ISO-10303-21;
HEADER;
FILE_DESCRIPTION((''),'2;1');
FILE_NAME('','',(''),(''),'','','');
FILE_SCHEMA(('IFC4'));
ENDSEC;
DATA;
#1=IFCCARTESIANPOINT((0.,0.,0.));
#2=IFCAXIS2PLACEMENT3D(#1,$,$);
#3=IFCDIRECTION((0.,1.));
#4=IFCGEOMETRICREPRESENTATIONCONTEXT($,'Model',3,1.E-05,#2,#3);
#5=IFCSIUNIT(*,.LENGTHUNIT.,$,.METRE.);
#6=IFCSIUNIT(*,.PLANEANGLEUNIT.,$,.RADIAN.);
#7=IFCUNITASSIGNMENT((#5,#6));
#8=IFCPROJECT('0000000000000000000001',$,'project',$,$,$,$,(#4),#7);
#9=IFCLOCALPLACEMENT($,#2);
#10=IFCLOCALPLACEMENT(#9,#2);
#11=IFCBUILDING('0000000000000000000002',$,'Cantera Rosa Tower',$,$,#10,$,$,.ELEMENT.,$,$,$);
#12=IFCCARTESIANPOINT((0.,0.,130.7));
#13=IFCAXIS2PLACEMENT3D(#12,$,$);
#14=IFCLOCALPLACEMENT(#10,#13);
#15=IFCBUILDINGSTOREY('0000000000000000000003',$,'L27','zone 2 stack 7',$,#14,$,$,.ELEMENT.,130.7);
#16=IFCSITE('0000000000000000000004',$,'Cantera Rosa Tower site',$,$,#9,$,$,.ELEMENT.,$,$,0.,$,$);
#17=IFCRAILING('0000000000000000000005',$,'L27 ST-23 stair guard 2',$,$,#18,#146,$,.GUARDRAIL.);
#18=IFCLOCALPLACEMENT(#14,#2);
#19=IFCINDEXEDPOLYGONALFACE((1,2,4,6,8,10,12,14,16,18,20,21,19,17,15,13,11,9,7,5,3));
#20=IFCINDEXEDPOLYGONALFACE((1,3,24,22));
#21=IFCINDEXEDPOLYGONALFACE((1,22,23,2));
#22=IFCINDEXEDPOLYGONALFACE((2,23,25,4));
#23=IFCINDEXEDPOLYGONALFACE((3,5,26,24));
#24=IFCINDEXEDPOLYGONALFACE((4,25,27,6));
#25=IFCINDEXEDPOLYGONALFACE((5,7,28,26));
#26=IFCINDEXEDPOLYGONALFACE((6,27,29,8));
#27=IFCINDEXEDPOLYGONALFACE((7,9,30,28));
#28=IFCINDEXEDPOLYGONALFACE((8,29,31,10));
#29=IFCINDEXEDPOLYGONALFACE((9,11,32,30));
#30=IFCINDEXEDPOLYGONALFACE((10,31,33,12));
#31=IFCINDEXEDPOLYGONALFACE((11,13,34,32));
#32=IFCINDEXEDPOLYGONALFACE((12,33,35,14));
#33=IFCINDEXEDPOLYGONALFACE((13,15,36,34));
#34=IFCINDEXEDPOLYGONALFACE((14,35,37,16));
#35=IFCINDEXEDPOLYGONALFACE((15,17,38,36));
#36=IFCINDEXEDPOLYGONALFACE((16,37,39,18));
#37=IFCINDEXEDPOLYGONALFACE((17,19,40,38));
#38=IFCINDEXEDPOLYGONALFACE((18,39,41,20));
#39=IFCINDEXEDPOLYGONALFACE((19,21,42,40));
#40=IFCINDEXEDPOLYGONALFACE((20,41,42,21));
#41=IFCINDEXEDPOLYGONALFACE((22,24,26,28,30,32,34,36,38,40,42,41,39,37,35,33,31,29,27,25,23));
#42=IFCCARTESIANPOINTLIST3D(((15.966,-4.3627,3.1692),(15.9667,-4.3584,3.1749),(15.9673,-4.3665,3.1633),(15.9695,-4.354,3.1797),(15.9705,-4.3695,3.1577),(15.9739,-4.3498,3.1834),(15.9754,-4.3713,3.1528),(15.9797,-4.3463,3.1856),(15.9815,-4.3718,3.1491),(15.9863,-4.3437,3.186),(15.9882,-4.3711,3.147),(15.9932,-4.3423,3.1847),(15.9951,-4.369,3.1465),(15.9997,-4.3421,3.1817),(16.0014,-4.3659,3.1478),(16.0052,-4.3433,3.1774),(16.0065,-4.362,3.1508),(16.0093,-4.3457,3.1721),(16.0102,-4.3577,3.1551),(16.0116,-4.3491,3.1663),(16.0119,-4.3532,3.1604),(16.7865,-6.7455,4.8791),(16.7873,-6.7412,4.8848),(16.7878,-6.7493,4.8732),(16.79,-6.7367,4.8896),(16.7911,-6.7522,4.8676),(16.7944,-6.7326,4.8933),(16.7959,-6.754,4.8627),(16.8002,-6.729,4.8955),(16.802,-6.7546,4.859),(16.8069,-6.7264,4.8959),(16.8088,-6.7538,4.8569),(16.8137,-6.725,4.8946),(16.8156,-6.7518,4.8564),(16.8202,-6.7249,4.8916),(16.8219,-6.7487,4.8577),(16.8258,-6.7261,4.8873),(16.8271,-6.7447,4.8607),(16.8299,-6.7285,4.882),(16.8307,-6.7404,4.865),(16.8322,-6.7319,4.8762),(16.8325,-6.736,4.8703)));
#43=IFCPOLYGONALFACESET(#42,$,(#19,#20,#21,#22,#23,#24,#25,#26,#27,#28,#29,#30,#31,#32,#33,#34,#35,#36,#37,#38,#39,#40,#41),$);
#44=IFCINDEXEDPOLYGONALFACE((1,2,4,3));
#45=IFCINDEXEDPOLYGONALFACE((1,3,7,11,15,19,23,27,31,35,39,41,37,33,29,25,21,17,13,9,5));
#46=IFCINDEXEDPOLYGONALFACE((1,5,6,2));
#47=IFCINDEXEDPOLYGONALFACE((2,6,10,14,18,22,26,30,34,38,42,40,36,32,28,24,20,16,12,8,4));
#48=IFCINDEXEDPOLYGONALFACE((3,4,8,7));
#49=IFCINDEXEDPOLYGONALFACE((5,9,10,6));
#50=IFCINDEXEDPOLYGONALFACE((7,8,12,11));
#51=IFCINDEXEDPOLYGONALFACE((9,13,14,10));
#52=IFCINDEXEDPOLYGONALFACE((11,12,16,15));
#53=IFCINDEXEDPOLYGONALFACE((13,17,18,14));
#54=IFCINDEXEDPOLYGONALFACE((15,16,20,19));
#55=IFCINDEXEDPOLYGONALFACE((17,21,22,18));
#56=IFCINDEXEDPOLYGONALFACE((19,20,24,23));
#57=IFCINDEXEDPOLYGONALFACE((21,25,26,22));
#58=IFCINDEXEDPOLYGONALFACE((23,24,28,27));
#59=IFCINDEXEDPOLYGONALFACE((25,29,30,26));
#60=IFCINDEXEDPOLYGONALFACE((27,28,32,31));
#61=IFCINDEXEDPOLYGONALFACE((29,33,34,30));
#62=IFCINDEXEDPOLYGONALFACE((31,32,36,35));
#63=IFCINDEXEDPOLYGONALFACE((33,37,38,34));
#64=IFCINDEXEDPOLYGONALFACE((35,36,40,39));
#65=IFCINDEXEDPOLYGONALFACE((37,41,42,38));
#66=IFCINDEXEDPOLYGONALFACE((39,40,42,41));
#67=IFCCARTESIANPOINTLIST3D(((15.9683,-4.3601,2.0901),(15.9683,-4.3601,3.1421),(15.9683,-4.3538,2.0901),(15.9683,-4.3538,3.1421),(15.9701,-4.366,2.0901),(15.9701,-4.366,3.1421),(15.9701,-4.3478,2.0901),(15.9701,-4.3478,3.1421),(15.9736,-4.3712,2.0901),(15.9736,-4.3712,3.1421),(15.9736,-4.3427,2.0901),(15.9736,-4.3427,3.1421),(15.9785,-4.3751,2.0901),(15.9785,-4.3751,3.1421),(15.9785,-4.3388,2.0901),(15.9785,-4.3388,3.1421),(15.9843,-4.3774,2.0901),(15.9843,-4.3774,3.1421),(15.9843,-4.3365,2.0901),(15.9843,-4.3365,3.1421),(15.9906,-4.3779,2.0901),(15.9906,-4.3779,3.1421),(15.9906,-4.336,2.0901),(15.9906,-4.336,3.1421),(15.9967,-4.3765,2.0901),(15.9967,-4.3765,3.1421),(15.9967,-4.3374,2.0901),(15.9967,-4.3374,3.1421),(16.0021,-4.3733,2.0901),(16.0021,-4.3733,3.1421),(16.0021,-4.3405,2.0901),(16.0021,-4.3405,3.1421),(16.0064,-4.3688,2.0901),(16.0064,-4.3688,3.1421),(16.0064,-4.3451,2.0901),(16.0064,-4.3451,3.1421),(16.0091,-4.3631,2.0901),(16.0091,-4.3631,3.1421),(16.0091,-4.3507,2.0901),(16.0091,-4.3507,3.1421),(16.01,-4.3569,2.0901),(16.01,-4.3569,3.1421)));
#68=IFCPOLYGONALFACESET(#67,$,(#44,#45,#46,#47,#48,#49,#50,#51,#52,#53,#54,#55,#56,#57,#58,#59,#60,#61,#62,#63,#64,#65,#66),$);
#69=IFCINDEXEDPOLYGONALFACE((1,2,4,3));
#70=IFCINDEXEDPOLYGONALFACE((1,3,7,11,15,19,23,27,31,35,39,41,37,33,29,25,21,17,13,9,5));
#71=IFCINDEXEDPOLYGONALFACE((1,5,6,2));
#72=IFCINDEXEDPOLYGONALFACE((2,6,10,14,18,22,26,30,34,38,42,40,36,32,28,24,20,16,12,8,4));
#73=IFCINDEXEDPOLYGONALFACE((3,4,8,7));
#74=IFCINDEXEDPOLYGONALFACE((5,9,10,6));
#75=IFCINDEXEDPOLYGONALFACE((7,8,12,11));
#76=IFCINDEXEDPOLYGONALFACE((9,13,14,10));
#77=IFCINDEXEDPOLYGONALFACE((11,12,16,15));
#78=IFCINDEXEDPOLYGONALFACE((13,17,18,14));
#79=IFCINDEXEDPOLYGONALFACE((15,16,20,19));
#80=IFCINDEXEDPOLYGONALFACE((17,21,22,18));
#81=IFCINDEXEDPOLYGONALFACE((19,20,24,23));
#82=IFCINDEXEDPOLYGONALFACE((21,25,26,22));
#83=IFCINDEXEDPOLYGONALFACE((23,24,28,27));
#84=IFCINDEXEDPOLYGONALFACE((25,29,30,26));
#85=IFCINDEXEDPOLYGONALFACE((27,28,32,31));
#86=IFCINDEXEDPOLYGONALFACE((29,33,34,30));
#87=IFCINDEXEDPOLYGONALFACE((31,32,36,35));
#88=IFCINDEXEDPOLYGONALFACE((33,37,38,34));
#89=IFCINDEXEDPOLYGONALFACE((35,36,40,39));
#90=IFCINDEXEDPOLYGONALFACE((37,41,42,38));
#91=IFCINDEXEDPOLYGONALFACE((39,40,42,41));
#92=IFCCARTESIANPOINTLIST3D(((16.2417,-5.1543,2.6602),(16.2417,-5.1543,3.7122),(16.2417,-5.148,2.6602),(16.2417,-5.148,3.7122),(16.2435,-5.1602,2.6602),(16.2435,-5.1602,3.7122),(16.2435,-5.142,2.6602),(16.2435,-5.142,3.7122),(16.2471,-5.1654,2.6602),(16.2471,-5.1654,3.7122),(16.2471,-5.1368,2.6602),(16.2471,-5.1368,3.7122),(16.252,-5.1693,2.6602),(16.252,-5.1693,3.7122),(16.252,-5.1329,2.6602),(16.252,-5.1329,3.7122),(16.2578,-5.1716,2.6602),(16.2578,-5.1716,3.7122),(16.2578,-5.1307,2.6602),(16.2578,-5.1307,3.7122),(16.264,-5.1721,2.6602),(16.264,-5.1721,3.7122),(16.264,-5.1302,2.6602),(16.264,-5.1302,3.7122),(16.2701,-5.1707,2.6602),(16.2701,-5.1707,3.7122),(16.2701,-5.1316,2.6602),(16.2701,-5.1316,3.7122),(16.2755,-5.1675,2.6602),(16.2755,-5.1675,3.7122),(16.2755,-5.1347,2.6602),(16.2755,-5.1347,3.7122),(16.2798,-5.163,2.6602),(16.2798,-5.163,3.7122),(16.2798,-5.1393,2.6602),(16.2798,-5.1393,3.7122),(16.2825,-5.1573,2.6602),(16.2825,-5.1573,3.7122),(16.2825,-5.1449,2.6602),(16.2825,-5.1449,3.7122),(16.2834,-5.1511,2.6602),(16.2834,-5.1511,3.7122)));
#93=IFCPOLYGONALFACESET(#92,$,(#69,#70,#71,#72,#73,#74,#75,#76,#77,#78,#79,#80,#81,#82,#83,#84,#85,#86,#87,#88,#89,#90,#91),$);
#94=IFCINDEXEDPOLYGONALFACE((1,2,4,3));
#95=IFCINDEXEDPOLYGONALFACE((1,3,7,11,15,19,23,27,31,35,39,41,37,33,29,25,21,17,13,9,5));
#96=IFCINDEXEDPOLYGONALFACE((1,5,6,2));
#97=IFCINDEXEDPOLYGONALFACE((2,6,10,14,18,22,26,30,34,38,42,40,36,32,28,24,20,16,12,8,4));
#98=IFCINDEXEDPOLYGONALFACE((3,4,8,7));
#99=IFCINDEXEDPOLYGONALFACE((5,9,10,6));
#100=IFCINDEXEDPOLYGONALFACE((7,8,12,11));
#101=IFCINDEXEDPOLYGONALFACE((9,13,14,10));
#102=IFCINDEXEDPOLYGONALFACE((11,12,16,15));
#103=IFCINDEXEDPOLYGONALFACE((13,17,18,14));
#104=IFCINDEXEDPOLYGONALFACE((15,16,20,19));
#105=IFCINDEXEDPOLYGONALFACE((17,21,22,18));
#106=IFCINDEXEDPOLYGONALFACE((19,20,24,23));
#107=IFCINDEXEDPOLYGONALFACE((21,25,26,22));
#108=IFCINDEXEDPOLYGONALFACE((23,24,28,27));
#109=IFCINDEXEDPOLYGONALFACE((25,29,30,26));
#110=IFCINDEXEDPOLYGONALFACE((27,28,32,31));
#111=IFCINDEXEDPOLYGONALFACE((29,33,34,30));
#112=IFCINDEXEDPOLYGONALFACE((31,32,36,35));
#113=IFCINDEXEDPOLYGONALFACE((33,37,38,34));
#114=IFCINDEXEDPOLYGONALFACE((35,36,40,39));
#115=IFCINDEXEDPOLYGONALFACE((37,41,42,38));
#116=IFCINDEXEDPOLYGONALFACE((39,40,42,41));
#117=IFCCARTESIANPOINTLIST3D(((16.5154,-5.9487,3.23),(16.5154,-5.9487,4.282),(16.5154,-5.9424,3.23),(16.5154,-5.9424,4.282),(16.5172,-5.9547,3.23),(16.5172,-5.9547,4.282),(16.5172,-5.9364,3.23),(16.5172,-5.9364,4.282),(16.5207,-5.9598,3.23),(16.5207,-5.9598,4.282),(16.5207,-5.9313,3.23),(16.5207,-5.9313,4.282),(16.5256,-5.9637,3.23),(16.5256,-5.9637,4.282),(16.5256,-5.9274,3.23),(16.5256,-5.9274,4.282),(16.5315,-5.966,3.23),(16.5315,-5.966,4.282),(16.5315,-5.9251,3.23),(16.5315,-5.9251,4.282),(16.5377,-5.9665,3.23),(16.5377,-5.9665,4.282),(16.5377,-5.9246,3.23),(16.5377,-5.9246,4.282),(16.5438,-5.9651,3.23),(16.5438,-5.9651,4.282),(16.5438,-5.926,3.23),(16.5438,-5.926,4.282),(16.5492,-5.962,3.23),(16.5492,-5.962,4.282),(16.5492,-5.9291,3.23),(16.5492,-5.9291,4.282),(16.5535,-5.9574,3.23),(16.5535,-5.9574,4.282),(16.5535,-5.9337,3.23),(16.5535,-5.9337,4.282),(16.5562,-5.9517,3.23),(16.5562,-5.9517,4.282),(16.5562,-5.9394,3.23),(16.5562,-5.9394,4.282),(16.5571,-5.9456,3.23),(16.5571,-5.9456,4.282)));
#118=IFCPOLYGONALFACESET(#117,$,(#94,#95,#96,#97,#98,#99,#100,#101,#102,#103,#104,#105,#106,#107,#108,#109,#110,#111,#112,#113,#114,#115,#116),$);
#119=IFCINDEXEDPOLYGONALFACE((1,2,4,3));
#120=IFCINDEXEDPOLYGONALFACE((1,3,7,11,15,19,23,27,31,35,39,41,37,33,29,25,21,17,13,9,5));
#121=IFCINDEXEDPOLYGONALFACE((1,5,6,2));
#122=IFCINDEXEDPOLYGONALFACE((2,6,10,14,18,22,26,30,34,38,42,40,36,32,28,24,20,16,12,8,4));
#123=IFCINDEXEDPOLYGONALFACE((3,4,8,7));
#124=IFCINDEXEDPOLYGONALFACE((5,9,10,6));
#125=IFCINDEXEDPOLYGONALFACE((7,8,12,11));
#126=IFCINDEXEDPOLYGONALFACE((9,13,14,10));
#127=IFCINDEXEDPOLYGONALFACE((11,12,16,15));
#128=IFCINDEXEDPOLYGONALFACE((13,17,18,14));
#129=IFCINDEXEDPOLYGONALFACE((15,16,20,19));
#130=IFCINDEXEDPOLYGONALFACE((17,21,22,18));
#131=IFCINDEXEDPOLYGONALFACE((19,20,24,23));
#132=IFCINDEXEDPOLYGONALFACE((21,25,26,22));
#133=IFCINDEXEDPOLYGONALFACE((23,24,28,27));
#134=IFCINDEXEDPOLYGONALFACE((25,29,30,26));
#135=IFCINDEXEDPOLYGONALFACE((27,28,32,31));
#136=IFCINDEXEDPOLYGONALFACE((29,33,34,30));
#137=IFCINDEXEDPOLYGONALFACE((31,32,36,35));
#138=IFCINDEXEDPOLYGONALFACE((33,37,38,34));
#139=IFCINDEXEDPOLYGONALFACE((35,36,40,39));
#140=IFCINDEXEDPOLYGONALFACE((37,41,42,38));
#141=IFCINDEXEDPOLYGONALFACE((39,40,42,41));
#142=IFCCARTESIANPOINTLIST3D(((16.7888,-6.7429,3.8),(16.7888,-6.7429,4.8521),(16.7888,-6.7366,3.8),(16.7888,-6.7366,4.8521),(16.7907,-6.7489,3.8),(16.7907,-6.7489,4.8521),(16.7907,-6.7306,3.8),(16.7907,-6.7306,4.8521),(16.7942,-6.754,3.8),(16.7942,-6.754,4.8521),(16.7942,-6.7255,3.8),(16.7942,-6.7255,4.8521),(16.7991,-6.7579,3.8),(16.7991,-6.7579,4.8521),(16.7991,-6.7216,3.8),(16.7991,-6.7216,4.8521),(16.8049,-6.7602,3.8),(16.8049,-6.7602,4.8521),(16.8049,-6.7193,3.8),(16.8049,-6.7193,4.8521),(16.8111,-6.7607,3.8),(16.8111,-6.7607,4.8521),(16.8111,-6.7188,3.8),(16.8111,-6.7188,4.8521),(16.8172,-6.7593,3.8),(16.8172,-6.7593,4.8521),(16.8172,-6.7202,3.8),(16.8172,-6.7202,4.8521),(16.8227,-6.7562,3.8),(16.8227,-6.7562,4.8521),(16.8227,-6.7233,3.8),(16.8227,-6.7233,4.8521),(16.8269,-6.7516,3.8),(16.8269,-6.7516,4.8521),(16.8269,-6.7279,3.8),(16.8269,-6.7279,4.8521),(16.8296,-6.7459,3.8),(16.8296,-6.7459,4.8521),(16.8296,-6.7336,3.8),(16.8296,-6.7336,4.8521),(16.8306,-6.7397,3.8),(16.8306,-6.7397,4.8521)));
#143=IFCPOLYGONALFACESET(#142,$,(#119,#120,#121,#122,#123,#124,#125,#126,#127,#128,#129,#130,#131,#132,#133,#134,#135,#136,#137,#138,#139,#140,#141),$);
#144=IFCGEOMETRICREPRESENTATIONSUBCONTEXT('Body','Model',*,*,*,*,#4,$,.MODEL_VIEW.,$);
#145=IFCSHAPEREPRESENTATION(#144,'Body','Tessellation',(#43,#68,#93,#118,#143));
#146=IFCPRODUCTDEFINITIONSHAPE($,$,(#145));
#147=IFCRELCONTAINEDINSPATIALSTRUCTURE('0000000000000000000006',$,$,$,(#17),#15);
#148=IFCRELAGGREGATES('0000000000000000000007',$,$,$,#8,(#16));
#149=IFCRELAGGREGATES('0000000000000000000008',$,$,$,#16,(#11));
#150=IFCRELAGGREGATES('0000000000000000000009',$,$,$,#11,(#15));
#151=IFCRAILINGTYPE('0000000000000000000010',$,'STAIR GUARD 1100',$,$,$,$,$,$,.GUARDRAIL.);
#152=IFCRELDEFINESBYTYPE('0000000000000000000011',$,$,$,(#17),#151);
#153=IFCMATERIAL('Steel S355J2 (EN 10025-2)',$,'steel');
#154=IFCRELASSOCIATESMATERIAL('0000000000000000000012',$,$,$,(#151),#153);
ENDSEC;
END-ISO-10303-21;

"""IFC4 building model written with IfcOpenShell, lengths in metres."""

from ifc_helpers import new_model, si_unit, direction, frame, origin, origin_2d, place, context, subcontext, project, spatial, circle, extrude, material, type_object, element, save


model = new_model("IFC4")

# Units and contexts
model_context = context("Model", 3, precision=1e-05, world=origin(), true_north=direction((0.0, 1.0)))
body_context = subcontext(model_context, "Body", "Model", "MODEL_VIEW")
ifc_project = project(units=[si_unit("LENGTHUNIT", "METRE"), si_unit("PLANEANGLEUNIT", "RADIAN")], contexts=[model_context])

# Site, building, storey
site_placement = place(None, origin())
site = spatial("IfcSite", under=ifc_project, at=site_placement, Name="Cantera Rosa Tower site", CompositionType="ELEMENT", RefElevation=0.0)
building_placement = place(site_placement, origin())
building = spatial("IfcBuilding", under=site, at=building_placement, Name="Cantera Rosa Tower", CompositionType="ELEMENT")
storey_placement = place(building_placement, frame((0.0, 0.0, 130.7)))
storey = spatial("IfcBuildingStorey", under=building, at=storey_placement, Name="L27", Description="zone 2 stack 7", CompositionType="ELEMENT", Elevation=130.7)

# Railing
ifc_material_1 = material(Name="Steel S355J2 (EN 10025-2)", Category="steel")
railing_type_1 = type_object("IfcRailingType", Name="STAIR GUARD 1100", PredefinedType="GUARDRAIL", material=ifc_material_1)
railing_1_placement = place(storey_placement, frame((15.989, -4.3569, 2.0901)))
element("IfcRailing", 1, at=railing_1_placement, inside=storey, type_object=railing_type_1, Name="L27 ST-23 stair guard 2", PredefinedType="GUARDRAIL", context=body_context, shape_type="SweptSolid", body=[
    extrude(circle(Radius=0.0239, at=origin_2d()), frame((0.0, 0.0, 1.0762), z_axis=(0.269432, -0.782404, 0.561471), x_axis=(0.945508, 0.3256, 0.0)), (0.0, 0.0, 1.0), 3.0454),
    extrude(circle(Radius=0.021, at=origin_2d()), origin(), (0.0, 0.0, 1.0), 1.052),
    extrude(circle(Radius=0.021, at=origin_2d()), frame((0.2734, -0.7942, 0.5701)), (0.0, 0.0, 1.0), 1.052),
    extrude(circle(Radius=0.021, at=origin_2d()), frame((0.5471, -1.5886, 1.1399)), (0.0, 0.0, 1.0), 1.052),
    extrude(circle(Radius=0.021, at=origin_2d()), frame((0.8206, -2.3828, 1.71)), (0.0, 0.0, 1.0), 1.052),
])

save(model, "model.ifc")
